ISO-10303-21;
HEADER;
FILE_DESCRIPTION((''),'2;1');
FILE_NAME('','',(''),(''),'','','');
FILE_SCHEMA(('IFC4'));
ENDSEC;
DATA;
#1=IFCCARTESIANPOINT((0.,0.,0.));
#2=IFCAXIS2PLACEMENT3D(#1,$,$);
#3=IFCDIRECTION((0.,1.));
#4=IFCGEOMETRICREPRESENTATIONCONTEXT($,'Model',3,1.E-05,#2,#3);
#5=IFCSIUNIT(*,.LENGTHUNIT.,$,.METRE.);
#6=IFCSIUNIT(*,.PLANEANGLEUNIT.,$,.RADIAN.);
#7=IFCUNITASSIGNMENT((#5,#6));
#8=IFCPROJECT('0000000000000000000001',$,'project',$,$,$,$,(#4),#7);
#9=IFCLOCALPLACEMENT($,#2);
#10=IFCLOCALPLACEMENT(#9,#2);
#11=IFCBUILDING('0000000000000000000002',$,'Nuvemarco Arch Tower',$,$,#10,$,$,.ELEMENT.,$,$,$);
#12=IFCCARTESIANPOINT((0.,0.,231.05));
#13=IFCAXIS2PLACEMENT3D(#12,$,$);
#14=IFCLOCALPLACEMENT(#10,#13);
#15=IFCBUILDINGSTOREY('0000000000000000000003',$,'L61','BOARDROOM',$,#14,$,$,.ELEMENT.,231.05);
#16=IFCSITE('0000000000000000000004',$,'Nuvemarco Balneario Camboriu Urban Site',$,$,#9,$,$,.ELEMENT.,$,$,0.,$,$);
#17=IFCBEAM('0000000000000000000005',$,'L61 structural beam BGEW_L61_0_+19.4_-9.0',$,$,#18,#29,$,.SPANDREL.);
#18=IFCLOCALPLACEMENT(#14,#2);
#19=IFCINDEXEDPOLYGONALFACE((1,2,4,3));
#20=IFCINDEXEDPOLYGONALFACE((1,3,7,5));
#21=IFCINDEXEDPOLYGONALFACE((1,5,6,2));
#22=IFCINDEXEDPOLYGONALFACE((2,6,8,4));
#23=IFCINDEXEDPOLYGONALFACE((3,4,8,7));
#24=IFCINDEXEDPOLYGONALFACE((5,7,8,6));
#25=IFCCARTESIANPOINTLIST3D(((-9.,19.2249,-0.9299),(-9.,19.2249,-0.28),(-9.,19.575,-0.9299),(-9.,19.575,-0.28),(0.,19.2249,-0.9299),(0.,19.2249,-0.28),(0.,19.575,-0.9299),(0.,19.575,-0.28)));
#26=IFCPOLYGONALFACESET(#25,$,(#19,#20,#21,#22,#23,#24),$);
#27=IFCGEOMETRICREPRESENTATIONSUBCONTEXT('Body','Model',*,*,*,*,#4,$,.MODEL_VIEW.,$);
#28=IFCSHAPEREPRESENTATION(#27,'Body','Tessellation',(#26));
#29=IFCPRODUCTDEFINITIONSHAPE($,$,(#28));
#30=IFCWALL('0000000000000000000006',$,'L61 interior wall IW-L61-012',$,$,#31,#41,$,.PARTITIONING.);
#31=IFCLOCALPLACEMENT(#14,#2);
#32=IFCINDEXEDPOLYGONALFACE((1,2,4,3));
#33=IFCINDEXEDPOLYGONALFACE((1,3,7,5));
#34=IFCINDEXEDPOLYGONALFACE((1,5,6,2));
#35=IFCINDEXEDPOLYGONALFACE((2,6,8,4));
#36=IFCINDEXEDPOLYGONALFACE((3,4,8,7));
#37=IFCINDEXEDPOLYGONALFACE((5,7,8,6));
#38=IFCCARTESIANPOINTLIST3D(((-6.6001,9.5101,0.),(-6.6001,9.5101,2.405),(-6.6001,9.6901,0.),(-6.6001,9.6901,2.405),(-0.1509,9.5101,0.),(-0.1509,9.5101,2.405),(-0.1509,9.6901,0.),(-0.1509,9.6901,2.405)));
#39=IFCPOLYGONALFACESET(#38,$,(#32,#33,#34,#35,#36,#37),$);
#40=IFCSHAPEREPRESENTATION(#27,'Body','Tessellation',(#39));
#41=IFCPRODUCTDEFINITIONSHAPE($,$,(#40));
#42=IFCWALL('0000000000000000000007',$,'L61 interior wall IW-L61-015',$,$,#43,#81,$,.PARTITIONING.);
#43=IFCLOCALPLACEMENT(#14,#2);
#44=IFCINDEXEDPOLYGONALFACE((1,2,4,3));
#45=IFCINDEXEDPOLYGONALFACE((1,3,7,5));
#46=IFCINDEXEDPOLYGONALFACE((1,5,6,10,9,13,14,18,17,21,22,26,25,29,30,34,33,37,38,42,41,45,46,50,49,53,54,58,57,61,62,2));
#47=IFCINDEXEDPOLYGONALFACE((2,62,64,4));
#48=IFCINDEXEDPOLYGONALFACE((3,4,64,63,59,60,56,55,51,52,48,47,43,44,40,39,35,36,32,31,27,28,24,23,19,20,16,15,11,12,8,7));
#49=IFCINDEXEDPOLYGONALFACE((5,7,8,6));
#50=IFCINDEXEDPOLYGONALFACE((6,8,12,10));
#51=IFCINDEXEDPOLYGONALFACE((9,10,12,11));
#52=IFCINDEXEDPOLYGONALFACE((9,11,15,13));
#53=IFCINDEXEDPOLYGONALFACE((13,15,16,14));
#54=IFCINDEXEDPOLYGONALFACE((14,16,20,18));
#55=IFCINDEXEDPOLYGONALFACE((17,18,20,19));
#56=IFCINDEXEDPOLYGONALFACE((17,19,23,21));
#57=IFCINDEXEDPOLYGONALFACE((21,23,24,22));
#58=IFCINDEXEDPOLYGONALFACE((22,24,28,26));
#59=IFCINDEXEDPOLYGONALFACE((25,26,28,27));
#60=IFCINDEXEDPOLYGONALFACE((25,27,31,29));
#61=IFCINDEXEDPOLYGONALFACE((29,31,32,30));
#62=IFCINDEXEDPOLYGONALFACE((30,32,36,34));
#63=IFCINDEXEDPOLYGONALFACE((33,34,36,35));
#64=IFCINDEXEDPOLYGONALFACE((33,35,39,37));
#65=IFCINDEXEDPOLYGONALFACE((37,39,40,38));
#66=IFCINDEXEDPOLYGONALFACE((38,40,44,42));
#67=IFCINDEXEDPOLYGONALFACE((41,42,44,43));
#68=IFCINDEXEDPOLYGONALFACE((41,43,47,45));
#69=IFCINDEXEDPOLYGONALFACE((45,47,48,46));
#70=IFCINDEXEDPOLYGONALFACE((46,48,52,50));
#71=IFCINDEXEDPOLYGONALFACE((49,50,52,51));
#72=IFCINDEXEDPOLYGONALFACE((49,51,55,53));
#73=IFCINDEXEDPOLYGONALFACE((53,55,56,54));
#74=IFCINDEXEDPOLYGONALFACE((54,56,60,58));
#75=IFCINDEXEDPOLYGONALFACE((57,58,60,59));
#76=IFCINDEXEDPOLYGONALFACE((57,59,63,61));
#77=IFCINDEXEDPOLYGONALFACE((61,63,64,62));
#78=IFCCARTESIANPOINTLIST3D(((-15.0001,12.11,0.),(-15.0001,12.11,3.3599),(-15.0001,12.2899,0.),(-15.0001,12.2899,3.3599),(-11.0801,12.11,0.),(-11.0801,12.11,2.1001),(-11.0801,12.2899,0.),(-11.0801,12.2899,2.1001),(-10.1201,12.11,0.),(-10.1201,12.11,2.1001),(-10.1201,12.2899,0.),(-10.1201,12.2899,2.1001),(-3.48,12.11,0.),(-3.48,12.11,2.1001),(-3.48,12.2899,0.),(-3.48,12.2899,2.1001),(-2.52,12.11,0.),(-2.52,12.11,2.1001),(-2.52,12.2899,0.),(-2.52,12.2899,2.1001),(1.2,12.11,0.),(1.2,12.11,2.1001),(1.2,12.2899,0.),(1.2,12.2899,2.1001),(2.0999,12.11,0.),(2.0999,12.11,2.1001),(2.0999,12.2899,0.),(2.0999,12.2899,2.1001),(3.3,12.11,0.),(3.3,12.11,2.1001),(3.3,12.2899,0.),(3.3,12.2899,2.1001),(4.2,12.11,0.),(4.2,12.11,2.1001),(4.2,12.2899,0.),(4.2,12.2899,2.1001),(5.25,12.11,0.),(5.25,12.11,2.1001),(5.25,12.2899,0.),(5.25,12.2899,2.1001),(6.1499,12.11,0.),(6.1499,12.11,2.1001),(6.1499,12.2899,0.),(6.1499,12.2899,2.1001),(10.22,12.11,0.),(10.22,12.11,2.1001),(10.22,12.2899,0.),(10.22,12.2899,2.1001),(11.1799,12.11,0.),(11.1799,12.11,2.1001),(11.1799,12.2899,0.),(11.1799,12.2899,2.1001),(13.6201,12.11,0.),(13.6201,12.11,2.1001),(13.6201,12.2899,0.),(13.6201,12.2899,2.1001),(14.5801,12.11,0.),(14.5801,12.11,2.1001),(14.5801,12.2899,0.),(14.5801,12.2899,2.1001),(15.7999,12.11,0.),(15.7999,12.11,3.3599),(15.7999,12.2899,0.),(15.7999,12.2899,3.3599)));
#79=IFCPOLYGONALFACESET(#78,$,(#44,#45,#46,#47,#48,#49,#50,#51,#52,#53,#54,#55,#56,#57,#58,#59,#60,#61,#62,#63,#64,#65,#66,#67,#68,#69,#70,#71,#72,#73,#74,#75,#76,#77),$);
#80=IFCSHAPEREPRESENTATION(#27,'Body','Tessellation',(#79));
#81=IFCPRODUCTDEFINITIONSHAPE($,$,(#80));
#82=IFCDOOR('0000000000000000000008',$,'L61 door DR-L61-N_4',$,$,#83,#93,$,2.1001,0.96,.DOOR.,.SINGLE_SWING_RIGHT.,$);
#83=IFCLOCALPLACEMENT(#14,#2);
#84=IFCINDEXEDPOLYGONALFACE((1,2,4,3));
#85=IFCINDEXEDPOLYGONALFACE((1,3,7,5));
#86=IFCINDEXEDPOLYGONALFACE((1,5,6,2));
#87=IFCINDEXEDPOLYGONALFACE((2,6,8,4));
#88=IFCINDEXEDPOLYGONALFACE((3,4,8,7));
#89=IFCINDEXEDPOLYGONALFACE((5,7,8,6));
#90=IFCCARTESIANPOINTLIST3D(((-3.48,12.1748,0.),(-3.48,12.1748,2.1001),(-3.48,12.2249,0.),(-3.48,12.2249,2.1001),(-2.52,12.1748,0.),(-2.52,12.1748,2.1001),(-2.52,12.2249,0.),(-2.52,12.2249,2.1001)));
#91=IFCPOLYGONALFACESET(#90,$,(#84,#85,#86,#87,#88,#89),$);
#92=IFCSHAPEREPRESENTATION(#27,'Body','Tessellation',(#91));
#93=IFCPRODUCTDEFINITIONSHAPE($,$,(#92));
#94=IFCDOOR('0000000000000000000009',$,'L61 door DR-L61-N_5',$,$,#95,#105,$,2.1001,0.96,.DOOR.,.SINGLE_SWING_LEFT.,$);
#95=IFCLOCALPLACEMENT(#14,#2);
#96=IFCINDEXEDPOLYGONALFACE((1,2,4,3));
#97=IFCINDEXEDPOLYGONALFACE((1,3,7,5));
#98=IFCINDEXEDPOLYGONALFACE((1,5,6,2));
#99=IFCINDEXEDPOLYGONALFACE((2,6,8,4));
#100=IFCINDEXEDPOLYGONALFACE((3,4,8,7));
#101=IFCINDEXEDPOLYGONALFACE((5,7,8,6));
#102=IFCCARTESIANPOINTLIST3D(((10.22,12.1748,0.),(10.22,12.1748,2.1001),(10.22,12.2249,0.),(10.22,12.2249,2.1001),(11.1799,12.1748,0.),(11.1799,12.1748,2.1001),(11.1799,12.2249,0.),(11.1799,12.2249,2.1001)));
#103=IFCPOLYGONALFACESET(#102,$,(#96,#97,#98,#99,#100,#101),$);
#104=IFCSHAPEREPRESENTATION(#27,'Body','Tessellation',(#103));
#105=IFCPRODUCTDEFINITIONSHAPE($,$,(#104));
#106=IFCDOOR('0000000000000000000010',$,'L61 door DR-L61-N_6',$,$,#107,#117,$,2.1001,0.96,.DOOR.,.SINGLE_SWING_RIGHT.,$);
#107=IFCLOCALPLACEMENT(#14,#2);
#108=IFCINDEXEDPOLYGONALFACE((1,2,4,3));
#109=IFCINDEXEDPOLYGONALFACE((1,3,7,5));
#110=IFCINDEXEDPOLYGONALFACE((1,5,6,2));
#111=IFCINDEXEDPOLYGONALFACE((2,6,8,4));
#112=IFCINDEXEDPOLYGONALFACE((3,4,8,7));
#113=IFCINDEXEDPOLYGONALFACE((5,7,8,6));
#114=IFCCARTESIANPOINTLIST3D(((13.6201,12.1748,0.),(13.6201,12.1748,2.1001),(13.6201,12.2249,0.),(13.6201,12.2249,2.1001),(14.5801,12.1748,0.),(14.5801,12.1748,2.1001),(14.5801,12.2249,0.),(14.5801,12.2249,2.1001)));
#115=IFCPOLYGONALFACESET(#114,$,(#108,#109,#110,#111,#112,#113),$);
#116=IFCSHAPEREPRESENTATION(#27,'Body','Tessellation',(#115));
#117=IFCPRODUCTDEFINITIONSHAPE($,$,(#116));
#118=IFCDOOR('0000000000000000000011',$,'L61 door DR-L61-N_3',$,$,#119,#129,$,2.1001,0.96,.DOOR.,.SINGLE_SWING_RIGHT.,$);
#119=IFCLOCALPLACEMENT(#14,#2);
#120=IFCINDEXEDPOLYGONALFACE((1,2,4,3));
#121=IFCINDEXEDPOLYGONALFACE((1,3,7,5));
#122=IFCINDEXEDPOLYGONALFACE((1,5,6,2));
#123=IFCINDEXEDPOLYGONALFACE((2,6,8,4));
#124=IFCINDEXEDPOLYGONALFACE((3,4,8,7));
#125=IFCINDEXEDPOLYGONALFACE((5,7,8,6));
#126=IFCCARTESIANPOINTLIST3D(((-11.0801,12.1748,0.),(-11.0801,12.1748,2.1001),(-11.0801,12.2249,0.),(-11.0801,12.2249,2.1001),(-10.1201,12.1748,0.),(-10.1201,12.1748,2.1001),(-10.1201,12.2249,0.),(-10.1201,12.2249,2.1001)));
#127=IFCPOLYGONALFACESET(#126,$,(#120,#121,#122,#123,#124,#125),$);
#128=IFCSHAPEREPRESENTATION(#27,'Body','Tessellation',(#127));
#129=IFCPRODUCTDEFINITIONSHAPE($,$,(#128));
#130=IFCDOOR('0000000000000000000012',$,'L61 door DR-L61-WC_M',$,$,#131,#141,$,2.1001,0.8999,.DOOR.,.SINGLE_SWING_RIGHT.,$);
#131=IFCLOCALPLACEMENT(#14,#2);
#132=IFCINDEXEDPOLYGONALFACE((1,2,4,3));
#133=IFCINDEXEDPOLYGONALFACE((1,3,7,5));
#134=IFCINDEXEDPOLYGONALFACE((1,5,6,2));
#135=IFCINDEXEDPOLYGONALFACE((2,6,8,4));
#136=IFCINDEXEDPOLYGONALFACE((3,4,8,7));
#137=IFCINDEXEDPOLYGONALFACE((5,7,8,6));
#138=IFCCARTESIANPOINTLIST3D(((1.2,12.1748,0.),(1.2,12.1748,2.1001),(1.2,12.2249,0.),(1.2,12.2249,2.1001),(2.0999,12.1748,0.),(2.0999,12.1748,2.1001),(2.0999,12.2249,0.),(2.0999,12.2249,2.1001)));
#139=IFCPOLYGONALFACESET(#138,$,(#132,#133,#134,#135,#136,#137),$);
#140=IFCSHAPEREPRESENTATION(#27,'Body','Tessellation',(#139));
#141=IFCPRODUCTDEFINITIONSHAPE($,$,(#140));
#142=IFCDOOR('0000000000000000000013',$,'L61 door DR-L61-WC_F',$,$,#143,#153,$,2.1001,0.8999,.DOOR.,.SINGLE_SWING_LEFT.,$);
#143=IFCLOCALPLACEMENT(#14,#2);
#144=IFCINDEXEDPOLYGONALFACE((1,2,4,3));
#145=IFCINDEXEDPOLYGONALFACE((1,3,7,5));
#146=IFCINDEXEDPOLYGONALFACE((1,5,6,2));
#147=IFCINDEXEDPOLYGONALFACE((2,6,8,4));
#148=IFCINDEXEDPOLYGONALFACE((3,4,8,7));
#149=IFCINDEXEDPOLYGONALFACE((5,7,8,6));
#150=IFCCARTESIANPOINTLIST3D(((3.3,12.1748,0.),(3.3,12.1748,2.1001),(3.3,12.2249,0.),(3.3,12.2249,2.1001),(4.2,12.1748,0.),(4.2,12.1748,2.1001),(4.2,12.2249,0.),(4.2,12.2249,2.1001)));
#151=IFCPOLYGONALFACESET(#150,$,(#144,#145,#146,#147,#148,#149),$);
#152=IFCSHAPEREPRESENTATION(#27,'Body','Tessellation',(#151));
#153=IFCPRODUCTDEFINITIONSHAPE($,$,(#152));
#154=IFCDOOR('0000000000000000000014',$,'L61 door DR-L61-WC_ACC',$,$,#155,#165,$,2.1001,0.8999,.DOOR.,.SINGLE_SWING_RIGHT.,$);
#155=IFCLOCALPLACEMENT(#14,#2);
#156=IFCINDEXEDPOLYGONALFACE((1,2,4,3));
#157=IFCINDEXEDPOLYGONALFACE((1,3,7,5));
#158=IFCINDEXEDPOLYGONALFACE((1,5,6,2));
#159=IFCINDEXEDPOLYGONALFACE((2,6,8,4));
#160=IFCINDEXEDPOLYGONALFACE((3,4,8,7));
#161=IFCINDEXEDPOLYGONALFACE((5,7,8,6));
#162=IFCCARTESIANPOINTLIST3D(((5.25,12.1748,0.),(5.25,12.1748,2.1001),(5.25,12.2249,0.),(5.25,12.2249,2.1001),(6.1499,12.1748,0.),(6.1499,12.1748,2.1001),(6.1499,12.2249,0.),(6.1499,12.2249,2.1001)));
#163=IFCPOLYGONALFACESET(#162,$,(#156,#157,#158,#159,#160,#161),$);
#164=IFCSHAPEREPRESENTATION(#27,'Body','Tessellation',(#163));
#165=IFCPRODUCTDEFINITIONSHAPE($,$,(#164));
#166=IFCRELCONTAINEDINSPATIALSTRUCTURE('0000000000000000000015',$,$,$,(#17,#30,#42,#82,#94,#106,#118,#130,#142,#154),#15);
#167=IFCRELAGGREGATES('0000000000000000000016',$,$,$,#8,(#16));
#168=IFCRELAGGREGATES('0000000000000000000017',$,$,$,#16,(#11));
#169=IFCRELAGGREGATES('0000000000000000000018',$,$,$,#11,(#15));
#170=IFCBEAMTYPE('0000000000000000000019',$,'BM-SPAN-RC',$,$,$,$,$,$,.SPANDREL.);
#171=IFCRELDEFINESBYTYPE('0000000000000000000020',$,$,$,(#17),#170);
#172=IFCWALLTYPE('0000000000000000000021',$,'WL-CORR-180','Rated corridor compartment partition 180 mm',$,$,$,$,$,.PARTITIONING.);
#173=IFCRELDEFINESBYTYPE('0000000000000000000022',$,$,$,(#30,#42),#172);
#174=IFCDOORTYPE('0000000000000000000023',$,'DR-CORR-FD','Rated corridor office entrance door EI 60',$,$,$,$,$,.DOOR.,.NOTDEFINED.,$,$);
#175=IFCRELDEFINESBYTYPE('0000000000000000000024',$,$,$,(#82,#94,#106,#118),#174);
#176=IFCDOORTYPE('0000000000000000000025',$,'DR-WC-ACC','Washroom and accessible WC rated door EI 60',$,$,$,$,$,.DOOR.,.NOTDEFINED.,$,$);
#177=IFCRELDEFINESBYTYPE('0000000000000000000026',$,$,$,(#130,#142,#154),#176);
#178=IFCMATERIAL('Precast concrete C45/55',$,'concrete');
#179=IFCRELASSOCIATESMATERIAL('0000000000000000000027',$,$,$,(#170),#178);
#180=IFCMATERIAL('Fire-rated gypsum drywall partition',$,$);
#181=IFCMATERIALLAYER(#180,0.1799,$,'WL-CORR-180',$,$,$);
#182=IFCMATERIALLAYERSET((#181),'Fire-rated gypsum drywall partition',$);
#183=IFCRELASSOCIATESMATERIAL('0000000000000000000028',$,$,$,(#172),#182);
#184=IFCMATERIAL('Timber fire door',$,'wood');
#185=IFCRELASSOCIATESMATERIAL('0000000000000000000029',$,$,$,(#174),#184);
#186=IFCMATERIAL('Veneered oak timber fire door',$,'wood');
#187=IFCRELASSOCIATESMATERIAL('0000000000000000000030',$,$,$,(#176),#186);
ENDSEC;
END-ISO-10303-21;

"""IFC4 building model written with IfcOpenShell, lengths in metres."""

from ifc_helpers import new_model, si_unit, direction, frame, frame_2d, origin, origin_2d, place, context, subcontext, project, spatial, rectangle, extrude, source, transform, mapped, material, layer, layer_set, material_profile, profile_set, type_object, type_shapes, element, fill, save


model = new_model("IFC4")

# Units and contexts
model_context = context("Model", 3, precision=1e-05, world=origin(), true_north=direction((0.0, 1.0)))
body_context = subcontext(model_context, "Body", "Model", "MODEL_VIEW")
ifc_project = project(units=[si_unit("LENGTHUNIT", "METRE"), si_unit("PLANEANGLEUNIT", "RADIAN")], contexts=[model_context])

# Site, building, storey
site_placement = place(None, origin())
site = spatial("IfcSite", under=ifc_project, at=site_placement, Name="Nuvemarco Balneario Camboriu Urban Site", CompositionType="ELEMENT", RefElevation=0.0)
building_placement = place(site_placement, origin())
building = spatial("IfcBuilding", under=site, at=building_placement, Name="Nuvemarco Arch Tower", CompositionType="ELEMENT")
storey_placement = place(building_placement, frame((0.0, 0.0, 231.05)))
storey = spatial("IfcBuildingStorey", under=building, at=storey_placement, Name="L61", Description="BOARDROOM", CompositionType="ELEMENT", Elevation=231.05)

# Beam
ifc_material_1 = material(Name="Precast concrete C45/55", Category="concrete")
ifc_material_profile_1 = material_profile(ifc_material_1, rectangle(XDim=0.3501, YDim=0.6499, at=origin_2d()), Name="PC-SP-350x650")
ifc_profile_set_1 = profile_set([ifc_material_profile_1], Name="Precast concrete C45/55")
beam_type_1 = type_object("IfcBeamType", Name="BM-SPAN-RC", PredefinedType="SPANDREL", material=ifc_profile_set_1)
beam_1_placement = place(storey_placement, frame((-9.0, 19.3999, -0.605), z_axis=(1.0, 0.0, 0.0), x_axis=(0.0, 1.0, 0.0)))
element("IfcBeam", 1, at=beam_1_placement, inside=storey, type_object=beam_type_1, Name="L61 structural beam BGEW_L61_0_+19.4_-9.0", PredefinedType="SPANDREL", context=body_context, shape_type="SweptSolid", body=[
    extrude(rectangle(XDim=0.3501, YDim=0.6499, at=origin_2d()), origin(), (0.0, 0.0, 1.0), 9.0),
])

# Wall
ifc_material_2 = material(Name="Fire-rated gypsum drywall partition")
ifc_layer_1 = layer(ifc_material_2, 0.1799, Name="WL-CORR-180")
ifc_layer_set_1 = layer_set([ifc_layer_1], Name="Fire-rated gypsum drywall partition")
wall_type_1 = type_object("IfcWallType", Name="WL-CORR-180", Description="Rated corridor compartment partition 180 mm", PredefinedType="PARTITIONING", material=ifc_layer_set_1)
wall_1_placement = place(storey_placement, frame((-6.6001, 9.6001, 0.0), z_axis=(0.0, 0.0, 1.0), x_axis=(1.0, 0.0, 0.0)))
element("IfcWall", 2, at=wall_1_placement, inside=storey, type_object=wall_type_1, Name="L61 interior wall IW-L61-012", PredefinedType="PARTITIONING", context=body_context, shape_type="SweptSolid", body=[
    extrude(rectangle(XDim=6.4492, YDim=0.1799, at=frame_2d((3.2246, 0.0))), origin(), (0.0, 0.0, 1.0), 2.405),
])

# Wall, openings, doors
wall_2_placement = place(storey_placement, frame((-15.0, 12.2, 0.0), z_axis=(0.0, 0.0, 1.0), x_axis=(1.0, 0.0, 0.0)))
wall_2 = element("IfcWall", 3, at=wall_2_placement, inside=storey, type_object=wall_type_1, Name="L61 interior wall IW-L61-015", PredefinedType="PARTITIONING", context=body_context, shape_type="SweptSolid", body=[
    extrude(rectangle(XDim=30.8, YDim=0.1799, at=frame_2d((15.3999, 0.0))), origin(), (0.0, 0.0, 1.0), 3.3599),
])
opening_1_placement = place(wall_2_placement, frame((11.52, 0.0, 0.0)))
opening_1 = element("IfcOpeningElement", 4, at=opening_1_placement, cuts=wall_2, PredefinedType="OPENING", context=body_context, shape_type="SweptSolid", body=[
    extrude(rectangle(XDim=0.96, YDim=2.1001, at=frame_2d((0.48, 1.05))), frame((0.0, 0.0999, 0.0), z_axis=(0.0, -1.0, 0.0), x_axis=(1.0, 0.0, 0.0)), (0.0, 0.0, 1.0), 0.2),
])
opening_2_placement = place(wall_2_placement, frame((25.22, 0.0, 0.0)))
opening_2 = element("IfcOpeningElement", 5, at=opening_2_placement, cuts=wall_2, PredefinedType="OPENING", context=body_context, shape_type="SweptSolid", body=[
    extrude(rectangle(XDim=0.96, YDim=2.1001, at=frame_2d((0.48, 1.05))), frame((0.0, 0.0999, 0.0), z_axis=(0.0, -1.0, 0.0), x_axis=(1.0, 0.0, 0.0)), (0.0, 0.0, 1.0), 0.2),
])
opening_3_placement = place(wall_2_placement, frame((28.6201, 0.0, 0.0)))
opening_3 = element("IfcOpeningElement", 6, at=opening_3_placement, cuts=wall_2, PredefinedType="OPENING", context=body_context, shape_type="SweptSolid", body=[
    extrude(rectangle(XDim=0.96, YDim=2.1001, at=frame_2d((0.48, 1.05))), frame((0.0, 0.0999, 0.0), z_axis=(0.0, -1.0, 0.0), x_axis=(1.0, 0.0, 0.0)), (0.0, 0.0, 1.0), 0.2),
])
opening_4_placement = place(wall_2_placement, frame((3.9199, 0.0, 0.0)))
opening_4 = element("IfcOpeningElement", 7, at=opening_4_placement, cuts=wall_2, PredefinedType="OPENING", context=body_context, shape_type="SweptSolid", body=[
    extrude(rectangle(XDim=0.96, YDim=2.1001, at=frame_2d((0.48, 1.05))), frame((0.0, 0.0999, 0.0), z_axis=(0.0, -1.0, 0.0), x_axis=(1.0, 0.0, 0.0)), (0.0, 0.0, 1.0), 0.2),
])
opening_5_placement = place(wall_2_placement, frame((16.2, 0.0, 0.0)))
opening_5 = element("IfcOpeningElement", 8, at=opening_5_placement, cuts=wall_2, PredefinedType="OPENING", context=body_context, shape_type="SweptSolid", body=[
    extrude(rectangle(XDim=0.8999, YDim=2.1001, at=frame_2d((0.45, 1.05))), frame((0.0, 0.0999, 0.0), z_axis=(0.0, -1.0, 0.0), x_axis=(1.0, 0.0, 0.0)), (0.0, 0.0, 1.0), 0.2),
])
opening_6_placement = place(wall_2_placement, frame((18.3, 0.0, 0.0)))
opening_6 = element("IfcOpeningElement", 9, at=opening_6_placement, cuts=wall_2, PredefinedType="OPENING", context=body_context, shape_type="SweptSolid", body=[
    extrude(rectangle(XDim=0.8999, YDim=2.1001, at=frame_2d((0.45, 1.05))), frame((0.0, 0.0999, 0.0), z_axis=(0.0, -1.0, 0.0), x_axis=(1.0, 0.0, 0.0)), (0.0, 0.0, 1.0), 0.2),
])
opening_7_placement = place(wall_2_placement, frame((20.25, 0.0, 0.0)))
opening_7 = element("IfcOpeningElement", 10, at=opening_7_placement, cuts=wall_2, PredefinedType="OPENING", context=body_context, shape_type="SweptSolid", body=[
    extrude(rectangle(XDim=0.8999, YDim=2.1001, at=frame_2d((0.45, 1.05))), frame((0.0, 0.0999, 0.0), z_axis=(0.0, -1.0, 0.0), x_axis=(1.0, 0.0, 0.0)), (0.0, 0.0, 1.0), 0.2),
])
ifc_material_3 = material(Name="Timber fire door", Category="wood")
door_type_1 = type_object("IfcDoorType", Name="DR-CORR-FD", Description="Rated corridor office entrance door EI 60", OperationType="NOTDEFINED", PredefinedType="DOOR", material=ifc_material_3)
shared_shape_1 = source(origin(), body_context, "Body", "SweptSolid", [
    extrude(rectangle(XDim=0.96, YDim=2.1001, at=frame_2d((0.48, 1.05))), frame((0.0, 0.0249, 0.0), z_axis=(0.0, -1.0, 0.0), x_axis=(1.0, 0.0, 0.0)), (0.0, 0.0, 1.0), 0.05),
])
type_shapes(door_type_1, [shared_shape_1])
door_1_placement = place(opening_1_placement, origin())
door_1 = element("IfcDoor", 11, at=door_1_placement, inside=storey, type_object=door_type_1, Name="L61 door DR-L61-N_4", OperationType="SINGLE_SWING_RIGHT", OverallHeight=2.1001, OverallWidth=0.96, PredefinedType="DOOR", context=body_context, shape_type="MappedRepresentation", body=[
    mapped(shared_shape_1, transform((0.0, 0.0, 0.0), scale=1.0)),
])
fill(opening_1, door_1)
door_2_placement = place(opening_2_placement, origin())
door_2 = element("IfcDoor", 12, at=door_2_placement, inside=storey, type_object=door_type_1, Name="L61 door DR-L61-N_5", OperationType="SINGLE_SWING_LEFT", OverallHeight=2.1001, OverallWidth=0.96, PredefinedType="DOOR", context=body_context, shape_type="MappedRepresentation", body=[
    mapped(shared_shape_1, transform((0.0, 0.0, 0.0), scale=1.0)),
])
fill(opening_2, door_2)
door_3_placement = place(opening_3_placement, origin())
door_3 = element("IfcDoor", 13, at=door_3_placement, inside=storey, type_object=door_type_1, Name="L61 door DR-L61-N_6", OperationType="SINGLE_SWING_RIGHT", OverallHeight=2.1001, OverallWidth=0.96, PredefinedType="DOOR", context=body_context, shape_type="MappedRepresentation", body=[
    mapped(shared_shape_1, transform((0.0, 0.0, 0.0), scale=1.0)),
])
fill(opening_3, door_3)
door_4_placement = place(opening_4_placement, origin())
door_4 = element("IfcDoor", 14, at=door_4_placement, inside=storey, type_object=door_type_1, Name="L61 door DR-L61-N_3", OperationType="SINGLE_SWING_RIGHT", OverallHeight=2.1001, OverallWidth=0.96, PredefinedType="DOOR", context=body_context, shape_type="MappedRepresentation", body=[
    mapped(shared_shape_1, transform((0.0, 0.0, 0.0), scale=1.0)),
])
fill(opening_4, door_4)
ifc_material_4 = material(Name="Veneered oak timber fire door", Category="wood")
door_type_2 = type_object("IfcDoorType", Name="DR-WC-ACC", Description="Washroom and accessible WC rated door EI 60", OperationType="NOTDEFINED", PredefinedType="DOOR", material=ifc_material_4)
shared_shape_2 = source(origin(), body_context, "Body", "SweptSolid", [
    extrude(rectangle(XDim=0.8999, YDim=2.1001, at=frame_2d((0.45, 1.05))), frame((0.0, 0.0249, 0.0), z_axis=(0.0, -1.0, 0.0), x_axis=(1.0, 0.0, 0.0)), (0.0, 0.0, 1.0), 0.05),
])
type_shapes(door_type_2, [shared_shape_2])
door_5_placement = place(opening_5_placement, origin())
door_5 = element("IfcDoor", 15, at=door_5_placement, inside=storey, type_object=door_type_2, Name="L61 door DR-L61-WC_M", OperationType="SINGLE_SWING_RIGHT", OverallHeight=2.1001, OverallWidth=0.8999, PredefinedType="DOOR", context=body_context, shape_type="MappedRepresentation", body=[
    mapped(shared_shape_2, transform((0.0, 0.0, 0.0), scale=1.0)),
])
fill(opening_5, door_5)
door_6_placement = place(opening_6_placement, origin())
door_6 = element("IfcDoor", 16, at=door_6_placement, inside=storey, type_object=door_type_2, Name="L61 door DR-L61-WC_F", OperationType="SINGLE_SWING_LEFT", OverallHeight=2.1001, OverallWidth=0.8999, PredefinedType="DOOR", context=body_context, shape_type="MappedRepresentation", body=[
    mapped(shared_shape_2, transform((0.0, 0.0, 0.0), scale=1.0)),
])
fill(opening_6, door_6)
door_7_placement = place(opening_7_placement, origin())
door_7 = element("IfcDoor", 17, at=door_7_placement, inside=storey, type_object=door_type_2, Name="L61 door DR-L61-WC_ACC", OperationType="SINGLE_SWING_RIGHT", OverallHeight=2.1001, OverallWidth=0.8999, PredefinedType="DOOR", context=body_context, shape_type="MappedRepresentation", body=[
    mapped(shared_shape_2, transform((0.0, 0.0, 0.0), scale=1.0)),
])
fill(opening_7, door_7)

save(model, "model.ifc")
